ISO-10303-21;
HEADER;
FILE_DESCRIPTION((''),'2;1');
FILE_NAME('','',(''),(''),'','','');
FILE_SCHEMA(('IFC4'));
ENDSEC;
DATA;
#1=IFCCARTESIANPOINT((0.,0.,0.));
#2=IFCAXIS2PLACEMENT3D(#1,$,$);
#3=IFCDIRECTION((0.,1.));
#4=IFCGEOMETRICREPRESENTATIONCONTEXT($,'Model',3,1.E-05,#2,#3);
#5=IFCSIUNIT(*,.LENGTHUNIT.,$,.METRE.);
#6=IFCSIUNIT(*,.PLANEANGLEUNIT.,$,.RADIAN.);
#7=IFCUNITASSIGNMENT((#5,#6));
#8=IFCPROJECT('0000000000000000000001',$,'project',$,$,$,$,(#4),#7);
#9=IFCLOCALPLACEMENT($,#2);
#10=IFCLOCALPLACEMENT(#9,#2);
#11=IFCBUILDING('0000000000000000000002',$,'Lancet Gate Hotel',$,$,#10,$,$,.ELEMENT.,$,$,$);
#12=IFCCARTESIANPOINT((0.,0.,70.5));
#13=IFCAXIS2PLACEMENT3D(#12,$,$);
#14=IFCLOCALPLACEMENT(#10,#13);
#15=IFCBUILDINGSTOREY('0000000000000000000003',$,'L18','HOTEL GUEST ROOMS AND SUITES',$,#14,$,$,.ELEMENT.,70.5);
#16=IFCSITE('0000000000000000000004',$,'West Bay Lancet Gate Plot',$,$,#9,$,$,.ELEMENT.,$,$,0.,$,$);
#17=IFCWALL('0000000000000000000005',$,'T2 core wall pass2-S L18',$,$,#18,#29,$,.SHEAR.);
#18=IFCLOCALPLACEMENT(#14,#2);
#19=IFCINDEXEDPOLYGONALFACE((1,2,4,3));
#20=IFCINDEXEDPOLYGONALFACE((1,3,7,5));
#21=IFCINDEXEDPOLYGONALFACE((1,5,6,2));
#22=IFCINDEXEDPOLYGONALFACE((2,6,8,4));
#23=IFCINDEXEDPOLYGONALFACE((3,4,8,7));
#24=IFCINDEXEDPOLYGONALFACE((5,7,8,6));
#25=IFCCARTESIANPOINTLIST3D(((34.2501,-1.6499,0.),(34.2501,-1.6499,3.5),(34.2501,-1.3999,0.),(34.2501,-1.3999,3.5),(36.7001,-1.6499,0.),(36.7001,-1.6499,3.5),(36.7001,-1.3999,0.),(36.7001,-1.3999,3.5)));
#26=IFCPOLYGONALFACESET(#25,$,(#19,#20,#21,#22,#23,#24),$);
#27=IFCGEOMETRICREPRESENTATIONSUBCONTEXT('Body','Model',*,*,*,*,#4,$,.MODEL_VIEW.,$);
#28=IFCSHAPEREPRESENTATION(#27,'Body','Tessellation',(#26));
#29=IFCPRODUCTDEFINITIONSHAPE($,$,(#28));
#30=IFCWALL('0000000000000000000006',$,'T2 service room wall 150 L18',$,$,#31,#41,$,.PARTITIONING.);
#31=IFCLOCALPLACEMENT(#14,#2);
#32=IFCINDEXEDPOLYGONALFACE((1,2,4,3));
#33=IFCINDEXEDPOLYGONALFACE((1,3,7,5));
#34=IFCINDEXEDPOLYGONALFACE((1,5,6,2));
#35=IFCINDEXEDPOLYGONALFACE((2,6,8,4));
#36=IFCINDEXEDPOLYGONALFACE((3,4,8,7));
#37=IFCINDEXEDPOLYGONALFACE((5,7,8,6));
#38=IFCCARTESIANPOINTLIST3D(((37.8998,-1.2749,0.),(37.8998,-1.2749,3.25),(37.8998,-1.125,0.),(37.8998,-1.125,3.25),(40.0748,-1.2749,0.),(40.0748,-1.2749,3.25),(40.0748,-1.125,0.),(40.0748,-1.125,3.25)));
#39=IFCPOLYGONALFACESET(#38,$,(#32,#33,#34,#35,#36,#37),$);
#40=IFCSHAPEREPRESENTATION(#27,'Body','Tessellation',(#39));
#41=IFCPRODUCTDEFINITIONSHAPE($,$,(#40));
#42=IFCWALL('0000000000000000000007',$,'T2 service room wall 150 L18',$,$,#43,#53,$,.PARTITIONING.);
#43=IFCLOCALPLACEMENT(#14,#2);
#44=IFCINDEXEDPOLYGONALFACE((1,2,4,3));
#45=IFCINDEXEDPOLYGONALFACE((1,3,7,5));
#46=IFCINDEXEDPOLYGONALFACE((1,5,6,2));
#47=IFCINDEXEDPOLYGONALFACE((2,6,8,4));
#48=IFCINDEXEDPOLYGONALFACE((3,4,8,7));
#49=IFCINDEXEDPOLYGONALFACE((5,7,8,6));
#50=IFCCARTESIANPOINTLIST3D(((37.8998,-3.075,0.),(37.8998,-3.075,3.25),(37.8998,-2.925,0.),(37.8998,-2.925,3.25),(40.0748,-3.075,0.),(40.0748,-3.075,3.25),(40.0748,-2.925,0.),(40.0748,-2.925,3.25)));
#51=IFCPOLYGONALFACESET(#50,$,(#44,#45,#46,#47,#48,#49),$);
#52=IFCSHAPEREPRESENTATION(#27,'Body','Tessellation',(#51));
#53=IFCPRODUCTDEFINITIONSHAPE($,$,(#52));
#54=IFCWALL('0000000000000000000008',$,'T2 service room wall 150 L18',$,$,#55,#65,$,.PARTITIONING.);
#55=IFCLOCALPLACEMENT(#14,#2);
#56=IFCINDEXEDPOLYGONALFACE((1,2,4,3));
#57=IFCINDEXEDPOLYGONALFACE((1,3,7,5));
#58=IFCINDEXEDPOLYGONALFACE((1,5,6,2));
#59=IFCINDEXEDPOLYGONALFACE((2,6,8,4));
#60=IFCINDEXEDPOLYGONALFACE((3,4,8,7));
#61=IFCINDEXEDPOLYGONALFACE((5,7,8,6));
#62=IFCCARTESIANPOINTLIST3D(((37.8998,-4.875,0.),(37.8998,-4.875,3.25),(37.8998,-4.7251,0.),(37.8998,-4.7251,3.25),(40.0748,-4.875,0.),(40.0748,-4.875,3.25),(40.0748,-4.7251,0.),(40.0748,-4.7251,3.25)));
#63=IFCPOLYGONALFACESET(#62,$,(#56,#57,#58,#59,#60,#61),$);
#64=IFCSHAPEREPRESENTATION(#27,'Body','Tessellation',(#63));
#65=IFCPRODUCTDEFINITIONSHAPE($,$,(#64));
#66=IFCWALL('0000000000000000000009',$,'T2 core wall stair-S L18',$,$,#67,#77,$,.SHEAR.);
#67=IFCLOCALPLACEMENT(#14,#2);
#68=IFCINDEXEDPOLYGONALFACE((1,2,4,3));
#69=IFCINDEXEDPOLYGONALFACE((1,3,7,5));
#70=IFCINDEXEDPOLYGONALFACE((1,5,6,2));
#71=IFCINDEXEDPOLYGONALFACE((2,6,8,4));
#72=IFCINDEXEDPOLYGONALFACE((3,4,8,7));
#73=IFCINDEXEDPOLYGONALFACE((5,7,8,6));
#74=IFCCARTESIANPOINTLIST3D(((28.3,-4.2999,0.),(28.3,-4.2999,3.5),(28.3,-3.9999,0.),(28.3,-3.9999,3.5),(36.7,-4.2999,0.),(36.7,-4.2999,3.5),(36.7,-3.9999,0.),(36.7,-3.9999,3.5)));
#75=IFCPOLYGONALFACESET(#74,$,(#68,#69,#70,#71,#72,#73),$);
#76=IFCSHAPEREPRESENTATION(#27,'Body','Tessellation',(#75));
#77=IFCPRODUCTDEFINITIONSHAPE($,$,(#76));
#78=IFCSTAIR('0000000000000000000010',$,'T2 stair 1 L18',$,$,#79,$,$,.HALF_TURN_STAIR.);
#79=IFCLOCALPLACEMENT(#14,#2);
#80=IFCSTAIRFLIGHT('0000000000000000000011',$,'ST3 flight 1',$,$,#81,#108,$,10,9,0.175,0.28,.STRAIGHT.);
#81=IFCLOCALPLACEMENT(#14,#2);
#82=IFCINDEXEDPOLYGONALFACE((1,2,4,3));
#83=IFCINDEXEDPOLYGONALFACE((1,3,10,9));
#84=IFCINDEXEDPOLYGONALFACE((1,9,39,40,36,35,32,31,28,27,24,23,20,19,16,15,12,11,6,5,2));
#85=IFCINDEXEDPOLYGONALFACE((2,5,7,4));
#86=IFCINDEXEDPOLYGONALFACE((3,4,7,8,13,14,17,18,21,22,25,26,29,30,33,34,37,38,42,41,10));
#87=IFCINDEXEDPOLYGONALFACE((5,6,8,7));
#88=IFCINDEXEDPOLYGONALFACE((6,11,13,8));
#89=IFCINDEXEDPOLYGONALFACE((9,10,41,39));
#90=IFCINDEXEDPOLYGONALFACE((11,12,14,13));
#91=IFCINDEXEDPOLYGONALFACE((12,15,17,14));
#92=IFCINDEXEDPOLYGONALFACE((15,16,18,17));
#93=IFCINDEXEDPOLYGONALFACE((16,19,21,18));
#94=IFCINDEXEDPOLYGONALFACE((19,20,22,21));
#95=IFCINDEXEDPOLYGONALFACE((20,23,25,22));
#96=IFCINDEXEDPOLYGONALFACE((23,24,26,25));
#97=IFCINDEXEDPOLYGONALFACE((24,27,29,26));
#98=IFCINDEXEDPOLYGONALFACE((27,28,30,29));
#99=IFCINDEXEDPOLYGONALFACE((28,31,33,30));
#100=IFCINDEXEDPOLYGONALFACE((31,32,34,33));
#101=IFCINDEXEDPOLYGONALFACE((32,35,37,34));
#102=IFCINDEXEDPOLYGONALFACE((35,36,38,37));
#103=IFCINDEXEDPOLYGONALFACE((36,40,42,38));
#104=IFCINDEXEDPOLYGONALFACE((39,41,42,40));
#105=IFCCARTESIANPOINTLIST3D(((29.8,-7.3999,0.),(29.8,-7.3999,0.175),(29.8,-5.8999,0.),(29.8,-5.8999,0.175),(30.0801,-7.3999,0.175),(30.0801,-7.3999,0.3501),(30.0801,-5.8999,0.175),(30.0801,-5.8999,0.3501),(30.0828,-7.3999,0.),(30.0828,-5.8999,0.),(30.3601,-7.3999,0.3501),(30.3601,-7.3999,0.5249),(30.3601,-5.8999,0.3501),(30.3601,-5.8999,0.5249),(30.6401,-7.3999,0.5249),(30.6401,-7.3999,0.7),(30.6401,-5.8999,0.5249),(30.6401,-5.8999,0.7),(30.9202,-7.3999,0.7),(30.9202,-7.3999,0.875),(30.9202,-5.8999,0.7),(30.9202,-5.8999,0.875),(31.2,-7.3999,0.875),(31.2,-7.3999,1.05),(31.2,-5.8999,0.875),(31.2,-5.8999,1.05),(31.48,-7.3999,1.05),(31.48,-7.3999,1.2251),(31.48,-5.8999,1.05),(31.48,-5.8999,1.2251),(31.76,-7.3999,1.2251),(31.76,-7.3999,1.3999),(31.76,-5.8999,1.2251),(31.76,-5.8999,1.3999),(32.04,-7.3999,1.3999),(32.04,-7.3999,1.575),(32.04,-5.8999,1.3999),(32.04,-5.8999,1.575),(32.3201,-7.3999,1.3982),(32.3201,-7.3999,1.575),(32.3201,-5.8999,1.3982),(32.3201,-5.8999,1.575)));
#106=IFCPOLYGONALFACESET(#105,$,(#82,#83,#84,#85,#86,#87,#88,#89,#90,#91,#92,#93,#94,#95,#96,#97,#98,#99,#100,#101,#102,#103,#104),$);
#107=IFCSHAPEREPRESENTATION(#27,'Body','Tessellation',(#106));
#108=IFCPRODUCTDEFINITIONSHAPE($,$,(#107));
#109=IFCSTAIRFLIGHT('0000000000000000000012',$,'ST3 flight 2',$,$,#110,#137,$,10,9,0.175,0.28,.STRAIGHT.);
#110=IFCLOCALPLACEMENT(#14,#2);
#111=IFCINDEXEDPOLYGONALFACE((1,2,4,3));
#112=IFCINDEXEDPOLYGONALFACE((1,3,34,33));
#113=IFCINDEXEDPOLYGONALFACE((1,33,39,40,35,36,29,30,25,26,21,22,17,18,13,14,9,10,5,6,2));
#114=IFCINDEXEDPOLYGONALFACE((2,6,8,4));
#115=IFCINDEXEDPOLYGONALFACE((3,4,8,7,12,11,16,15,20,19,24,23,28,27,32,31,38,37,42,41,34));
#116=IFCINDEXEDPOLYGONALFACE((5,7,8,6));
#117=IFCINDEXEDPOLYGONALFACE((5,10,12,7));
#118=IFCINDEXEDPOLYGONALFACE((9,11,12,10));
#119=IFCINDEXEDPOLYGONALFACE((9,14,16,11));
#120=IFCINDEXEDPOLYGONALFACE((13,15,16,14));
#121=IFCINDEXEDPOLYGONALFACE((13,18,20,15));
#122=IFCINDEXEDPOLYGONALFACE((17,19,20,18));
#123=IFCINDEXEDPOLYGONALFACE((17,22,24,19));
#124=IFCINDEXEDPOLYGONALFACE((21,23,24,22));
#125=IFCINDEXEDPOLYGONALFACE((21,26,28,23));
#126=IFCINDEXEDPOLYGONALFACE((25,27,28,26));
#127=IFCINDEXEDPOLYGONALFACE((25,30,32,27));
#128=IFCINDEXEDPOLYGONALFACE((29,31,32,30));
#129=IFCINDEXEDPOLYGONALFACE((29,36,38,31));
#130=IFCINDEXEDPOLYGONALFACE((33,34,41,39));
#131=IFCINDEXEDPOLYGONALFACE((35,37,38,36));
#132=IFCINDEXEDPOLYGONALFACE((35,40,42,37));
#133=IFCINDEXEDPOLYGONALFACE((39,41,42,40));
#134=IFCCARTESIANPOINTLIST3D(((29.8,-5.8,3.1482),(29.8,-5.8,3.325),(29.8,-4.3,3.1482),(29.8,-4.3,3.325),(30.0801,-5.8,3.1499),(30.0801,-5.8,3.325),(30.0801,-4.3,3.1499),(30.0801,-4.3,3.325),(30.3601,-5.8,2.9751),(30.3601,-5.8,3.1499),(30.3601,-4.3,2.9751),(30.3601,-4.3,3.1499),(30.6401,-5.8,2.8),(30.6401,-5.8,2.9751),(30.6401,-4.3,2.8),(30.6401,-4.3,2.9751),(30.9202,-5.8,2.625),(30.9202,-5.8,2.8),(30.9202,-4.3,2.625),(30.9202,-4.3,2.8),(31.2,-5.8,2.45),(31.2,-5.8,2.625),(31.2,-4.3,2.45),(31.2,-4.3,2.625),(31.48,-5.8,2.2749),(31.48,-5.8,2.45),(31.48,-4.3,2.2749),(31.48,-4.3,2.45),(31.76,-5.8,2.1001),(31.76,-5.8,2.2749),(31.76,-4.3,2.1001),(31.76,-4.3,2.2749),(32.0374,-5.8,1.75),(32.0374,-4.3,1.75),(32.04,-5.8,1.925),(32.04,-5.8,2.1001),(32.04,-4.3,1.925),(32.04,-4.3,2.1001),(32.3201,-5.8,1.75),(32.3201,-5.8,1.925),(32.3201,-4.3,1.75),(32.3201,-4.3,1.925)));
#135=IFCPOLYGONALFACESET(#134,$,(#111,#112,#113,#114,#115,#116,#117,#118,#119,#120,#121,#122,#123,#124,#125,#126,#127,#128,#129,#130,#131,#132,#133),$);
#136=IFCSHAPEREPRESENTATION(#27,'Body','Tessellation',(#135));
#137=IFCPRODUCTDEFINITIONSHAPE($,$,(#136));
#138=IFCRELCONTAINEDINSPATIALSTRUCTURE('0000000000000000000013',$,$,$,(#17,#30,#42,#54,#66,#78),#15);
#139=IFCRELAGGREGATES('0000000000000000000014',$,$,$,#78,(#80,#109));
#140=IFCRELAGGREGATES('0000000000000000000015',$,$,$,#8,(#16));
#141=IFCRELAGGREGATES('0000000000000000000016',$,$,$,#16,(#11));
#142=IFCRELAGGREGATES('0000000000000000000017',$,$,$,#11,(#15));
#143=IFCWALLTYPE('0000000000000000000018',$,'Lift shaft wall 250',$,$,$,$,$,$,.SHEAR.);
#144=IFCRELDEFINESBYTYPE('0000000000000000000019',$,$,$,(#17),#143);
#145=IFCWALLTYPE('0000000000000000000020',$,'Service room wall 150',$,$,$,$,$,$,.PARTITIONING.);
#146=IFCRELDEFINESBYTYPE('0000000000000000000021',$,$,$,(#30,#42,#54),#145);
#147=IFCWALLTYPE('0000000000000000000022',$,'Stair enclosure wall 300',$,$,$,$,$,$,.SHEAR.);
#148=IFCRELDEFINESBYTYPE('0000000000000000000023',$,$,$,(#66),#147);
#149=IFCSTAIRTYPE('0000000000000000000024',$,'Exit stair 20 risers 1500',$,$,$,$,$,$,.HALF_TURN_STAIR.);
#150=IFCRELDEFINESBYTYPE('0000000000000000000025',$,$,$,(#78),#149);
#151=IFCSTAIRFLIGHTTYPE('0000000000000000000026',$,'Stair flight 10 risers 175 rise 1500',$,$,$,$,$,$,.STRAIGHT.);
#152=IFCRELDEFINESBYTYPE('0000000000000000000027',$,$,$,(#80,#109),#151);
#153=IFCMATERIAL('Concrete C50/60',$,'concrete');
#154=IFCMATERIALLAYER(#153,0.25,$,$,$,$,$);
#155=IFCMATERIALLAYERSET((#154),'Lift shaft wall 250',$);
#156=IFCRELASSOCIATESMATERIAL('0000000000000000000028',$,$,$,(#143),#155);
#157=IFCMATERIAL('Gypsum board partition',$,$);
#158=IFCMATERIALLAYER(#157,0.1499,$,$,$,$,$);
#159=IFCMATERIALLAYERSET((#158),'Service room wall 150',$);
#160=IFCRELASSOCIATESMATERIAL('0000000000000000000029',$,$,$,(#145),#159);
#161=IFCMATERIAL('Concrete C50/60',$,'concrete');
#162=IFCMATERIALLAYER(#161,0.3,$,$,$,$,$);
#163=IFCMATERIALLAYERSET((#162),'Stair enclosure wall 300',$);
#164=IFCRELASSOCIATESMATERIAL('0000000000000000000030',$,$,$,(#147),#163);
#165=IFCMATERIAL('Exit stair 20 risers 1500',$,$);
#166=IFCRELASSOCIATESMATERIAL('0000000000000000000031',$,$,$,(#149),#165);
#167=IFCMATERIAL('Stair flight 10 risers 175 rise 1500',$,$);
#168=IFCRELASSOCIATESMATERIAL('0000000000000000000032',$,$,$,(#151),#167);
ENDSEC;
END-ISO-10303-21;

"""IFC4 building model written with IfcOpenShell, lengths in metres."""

from ifc_helpers import new_model, si_unit, direction, frame, frame_2d, origin, place, context, subcontext, project, spatial, polyline, rectangle, outline, extrude, material, layer, layer_set, type_object, element, aggregate, save


model = new_model("IFC4")

# Units and contexts
model_context = context("Model", 3, precision=1e-05, world=origin(), true_north=direction((0.0, 1.0)))
body_context = subcontext(model_context, "Body", "Model", "MODEL_VIEW")
ifc_project = project(units=[si_unit("LENGTHUNIT", "METRE"), si_unit("PLANEANGLEUNIT", "RADIAN")], contexts=[model_context])

# Site, building, storey
site_placement = place(None, origin())
site = spatial("IfcSite", under=ifc_project, at=site_placement, Name="West Bay Lancet Gate Plot", CompositionType="ELEMENT", RefElevation=0.0)
building_placement = place(site_placement, origin())
building = spatial("IfcBuilding", under=site, at=building_placement, Name="Lancet Gate Hotel", CompositionType="ELEMENT")
storey_placement = place(building_placement, frame((0.0, 0.0, 70.5)))
storey = spatial("IfcBuildingStorey", under=building, at=storey_placement, Name="L18", Description="HOTEL GUEST ROOMS AND SUITES", CompositionType="ELEMENT", Elevation=70.5)

# Shared definitions
ifc_material_1 = material(Name="Concrete C50/60", Category="concrete")
ifc_layer_1 = layer(ifc_material_1, 0.25)
ifc_layer_set_1 = layer_set([ifc_layer_1], Name="Lift shaft wall 250")
wall_type_1 = type_object("IfcWallType", Name="Lift shaft wall 250", PredefinedType="SHEAR", material=ifc_layer_set_1)

# Walls
wall_1_placement = place(storey_placement, frame((34.25, -1.5249, 0.0), z_axis=(0.0, 0.0, 1.0), x_axis=(1.0, 0.0, 0.0)))
element("IfcWall", 1, at=wall_1_placement, inside=storey, type_object=wall_type_1, Name="T2 core wall pass2-S L18", PredefinedType="SHEAR", context=body_context, shape_type="SweptSolid", body=[
    extrude(rectangle(XDim=2.45, YDim=0.25, at=frame_2d((1.2251, 0.0))), origin(), (0.0, 0.0, 1.0), 3.5),
])
ifc_material_2 = material(Name="Gypsum board partition")
ifc_layer_2 = layer(ifc_material_2, 0.1499)
ifc_layer_set_2 = layer_set([ifc_layer_2], Name="Service room wall 150")
wall_type_2 = type_object("IfcWallType", Name="Service room wall 150", PredefinedType="PARTITIONING", material=ifc_layer_set_2)
for number, where, z_axis, x_axis, name in (
    (2, (37.8999, -1.2, 0.0), (0.0, 0.0, 1.0), (1.0, 0.0, 0.0), "T2 service room wall 150 L18"),
    (3, (37.8999, -3.0, 0.0), (0.0, 0.0, 1.0), (1.0, 0.0, 0.0), "T2 service room wall 150 L18"),
    (4, (37.8999, -4.8, 0.0), (0.0, 0.0, 1.0), (1.0, 0.0, 0.0), "T2 service room wall 150 L18"),
):
    element("IfcWall", number, at=place(storey_placement, frame(where, z_axis=z_axis, x_axis=x_axis)), inside=storey, type_object=wall_type_2, Name=name, PredefinedType="PARTITIONING", context=body_context, shape_type="SweptSolid", body=[
        extrude(rectangle(XDim=2.175, YDim=0.1499, at=frame_2d((1.0874, 0.0))), origin(), (0.0, 0.0, 1.0), 3.25),
    ])
ifc_material_3 = material(Name="Concrete C50/60", Category="concrete")
ifc_layer_3 = layer(ifc_material_3, 0.3)
ifc_layer_set_3 = layer_set([ifc_layer_3], Name="Stair enclosure wall 300")
wall_type_3 = type_object("IfcWallType", Name="Stair enclosure wall 300", PredefinedType="SHEAR", material=ifc_layer_set_3)
wall_2_placement = place(storey_placement, frame((28.3, -4.1499, 0.0), z_axis=(0.0, 0.0, 1.0), x_axis=(1.0, 0.0, 0.0)))
element("IfcWall", 5, at=wall_2_placement, inside=storey, type_object=wall_type_3, Name="T2 core wall stair-S L18", PredefinedType="SHEAR", context=body_context, shape_type="SweptSolid", body=[
    extrude(rectangle(XDim=8.3999, YDim=0.3, at=frame_2d((4.2, 0.0))), origin(), (0.0, 0.0, 1.0), 3.5),
])

# Stair, stair flights
ifc_material_4 = material(Name="Exit stair 20 risers 1500")
stair_type = type_object("IfcStairType", Name="Exit stair 20 risers 1500", PredefinedType="HALF_TURN_STAIR", material=ifc_material_4)
stair_placement = place(storey_placement, origin())
stair = element("IfcStair", 6, at=stair_placement, inside=storey, type_object=stair_type, Name="T2 stair 1 L18", PredefinedType="HALF_TURN_STAIR")
ifc_material_5 = material(Name="Stair flight 10 risers 175 rise 1500")
stair_flight_type = type_object("IfcStairFlightType", Name="Stair flight 10 risers 175 rise 1500", PredefinedType="STRAIGHT", material=ifc_material_5)
stair_flight_1_placement = place(storey_placement, frame((29.8, -6.6499, 0.0), z_axis=(0.0, 0.0, 1.0), x_axis=(1.0, 0.0, 0.0)))
stair_flight_1 = element("IfcStairFlight", 7, at=stair_flight_1_placement, type_object=stair_flight_type, Name="ST3 flight 1", NumberOfRisers=10, NumberOfTreads=9, PredefinedType="STRAIGHT", RiserHeight=0.175, TreadLength=0.28, context=body_context, shape_type="SweptSolid", body=[
    extrude(outline(polyline([(0.0, 0.0), (0.0, 0.175), (0.28, 0.175), (0.28, 0.3501), (0.5601, 0.3501), (0.5601, 0.5249), (0.8401, 0.5249), (0.8401, 0.7), (1.1201, 0.7), (1.1201, 0.875), (1.3999, 0.875), (1.3999, 1.05), (1.6799, 1.05), (1.6799, 1.2251), (1.96, 1.2251), (1.96, 1.3999), (2.24, 1.3999), (2.24, 1.575), (2.52, 1.575), (2.52, 1.75), (2.52, 1.3982), (0.2827, 0.0), (0.0, 0.0)])), frame((0.0, 0.75, 0.0), z_axis=(0.0, -1.0, 0.0), x_axis=(1.0, 0.0, 0.0)), (0.0, 0.0, 1.0), 1.5),
])
stair_flight_2_placement = place(storey_placement, frame((32.3201, -5.05, 1.75), z_axis=(0.0, 0.0, 1.0), x_axis=(-1.0, 0.0, 0.0)))
stair_flight_2 = element("IfcStairFlight", 8, at=stair_flight_2_placement, type_object=stair_flight_type, Name="ST3 flight 2", NumberOfRisers=10, NumberOfTreads=9, PredefinedType="STRAIGHT", RiserHeight=0.175, TreadLength=0.28, context=body_context, shape_type="SweptSolid", body=[
    extrude(outline(polyline([(0.0, 0.0), (0.0, 0.175), (0.28, 0.175), (0.28, 0.3501), (0.5601, 0.3501), (0.5601, 0.5249), (0.8401, 0.5249), (0.8401, 0.7), (1.1201, 0.7), (1.1201, 0.875), (1.3999, 0.875), (1.3999, 1.05), (1.6799, 1.05), (1.6799, 1.2251), (1.96, 1.2251), (1.96, 1.3999), (2.24, 1.3999), (2.24, 1.575), (2.52, 1.575), (2.52, 1.75), (2.52, 1.3982), (0.2827, 0.0), (0.0, 0.0)])), frame((0.0, 0.75, 0.0), z_axis=(0.0, -1.0, 0.0), x_axis=(1.0, 0.0, 0.0)), (0.0, 0.0, 1.0), 1.5),
])
aggregate(stair, [stair_flight_1, stair_flight_2])

save(model, "model.ifc")
